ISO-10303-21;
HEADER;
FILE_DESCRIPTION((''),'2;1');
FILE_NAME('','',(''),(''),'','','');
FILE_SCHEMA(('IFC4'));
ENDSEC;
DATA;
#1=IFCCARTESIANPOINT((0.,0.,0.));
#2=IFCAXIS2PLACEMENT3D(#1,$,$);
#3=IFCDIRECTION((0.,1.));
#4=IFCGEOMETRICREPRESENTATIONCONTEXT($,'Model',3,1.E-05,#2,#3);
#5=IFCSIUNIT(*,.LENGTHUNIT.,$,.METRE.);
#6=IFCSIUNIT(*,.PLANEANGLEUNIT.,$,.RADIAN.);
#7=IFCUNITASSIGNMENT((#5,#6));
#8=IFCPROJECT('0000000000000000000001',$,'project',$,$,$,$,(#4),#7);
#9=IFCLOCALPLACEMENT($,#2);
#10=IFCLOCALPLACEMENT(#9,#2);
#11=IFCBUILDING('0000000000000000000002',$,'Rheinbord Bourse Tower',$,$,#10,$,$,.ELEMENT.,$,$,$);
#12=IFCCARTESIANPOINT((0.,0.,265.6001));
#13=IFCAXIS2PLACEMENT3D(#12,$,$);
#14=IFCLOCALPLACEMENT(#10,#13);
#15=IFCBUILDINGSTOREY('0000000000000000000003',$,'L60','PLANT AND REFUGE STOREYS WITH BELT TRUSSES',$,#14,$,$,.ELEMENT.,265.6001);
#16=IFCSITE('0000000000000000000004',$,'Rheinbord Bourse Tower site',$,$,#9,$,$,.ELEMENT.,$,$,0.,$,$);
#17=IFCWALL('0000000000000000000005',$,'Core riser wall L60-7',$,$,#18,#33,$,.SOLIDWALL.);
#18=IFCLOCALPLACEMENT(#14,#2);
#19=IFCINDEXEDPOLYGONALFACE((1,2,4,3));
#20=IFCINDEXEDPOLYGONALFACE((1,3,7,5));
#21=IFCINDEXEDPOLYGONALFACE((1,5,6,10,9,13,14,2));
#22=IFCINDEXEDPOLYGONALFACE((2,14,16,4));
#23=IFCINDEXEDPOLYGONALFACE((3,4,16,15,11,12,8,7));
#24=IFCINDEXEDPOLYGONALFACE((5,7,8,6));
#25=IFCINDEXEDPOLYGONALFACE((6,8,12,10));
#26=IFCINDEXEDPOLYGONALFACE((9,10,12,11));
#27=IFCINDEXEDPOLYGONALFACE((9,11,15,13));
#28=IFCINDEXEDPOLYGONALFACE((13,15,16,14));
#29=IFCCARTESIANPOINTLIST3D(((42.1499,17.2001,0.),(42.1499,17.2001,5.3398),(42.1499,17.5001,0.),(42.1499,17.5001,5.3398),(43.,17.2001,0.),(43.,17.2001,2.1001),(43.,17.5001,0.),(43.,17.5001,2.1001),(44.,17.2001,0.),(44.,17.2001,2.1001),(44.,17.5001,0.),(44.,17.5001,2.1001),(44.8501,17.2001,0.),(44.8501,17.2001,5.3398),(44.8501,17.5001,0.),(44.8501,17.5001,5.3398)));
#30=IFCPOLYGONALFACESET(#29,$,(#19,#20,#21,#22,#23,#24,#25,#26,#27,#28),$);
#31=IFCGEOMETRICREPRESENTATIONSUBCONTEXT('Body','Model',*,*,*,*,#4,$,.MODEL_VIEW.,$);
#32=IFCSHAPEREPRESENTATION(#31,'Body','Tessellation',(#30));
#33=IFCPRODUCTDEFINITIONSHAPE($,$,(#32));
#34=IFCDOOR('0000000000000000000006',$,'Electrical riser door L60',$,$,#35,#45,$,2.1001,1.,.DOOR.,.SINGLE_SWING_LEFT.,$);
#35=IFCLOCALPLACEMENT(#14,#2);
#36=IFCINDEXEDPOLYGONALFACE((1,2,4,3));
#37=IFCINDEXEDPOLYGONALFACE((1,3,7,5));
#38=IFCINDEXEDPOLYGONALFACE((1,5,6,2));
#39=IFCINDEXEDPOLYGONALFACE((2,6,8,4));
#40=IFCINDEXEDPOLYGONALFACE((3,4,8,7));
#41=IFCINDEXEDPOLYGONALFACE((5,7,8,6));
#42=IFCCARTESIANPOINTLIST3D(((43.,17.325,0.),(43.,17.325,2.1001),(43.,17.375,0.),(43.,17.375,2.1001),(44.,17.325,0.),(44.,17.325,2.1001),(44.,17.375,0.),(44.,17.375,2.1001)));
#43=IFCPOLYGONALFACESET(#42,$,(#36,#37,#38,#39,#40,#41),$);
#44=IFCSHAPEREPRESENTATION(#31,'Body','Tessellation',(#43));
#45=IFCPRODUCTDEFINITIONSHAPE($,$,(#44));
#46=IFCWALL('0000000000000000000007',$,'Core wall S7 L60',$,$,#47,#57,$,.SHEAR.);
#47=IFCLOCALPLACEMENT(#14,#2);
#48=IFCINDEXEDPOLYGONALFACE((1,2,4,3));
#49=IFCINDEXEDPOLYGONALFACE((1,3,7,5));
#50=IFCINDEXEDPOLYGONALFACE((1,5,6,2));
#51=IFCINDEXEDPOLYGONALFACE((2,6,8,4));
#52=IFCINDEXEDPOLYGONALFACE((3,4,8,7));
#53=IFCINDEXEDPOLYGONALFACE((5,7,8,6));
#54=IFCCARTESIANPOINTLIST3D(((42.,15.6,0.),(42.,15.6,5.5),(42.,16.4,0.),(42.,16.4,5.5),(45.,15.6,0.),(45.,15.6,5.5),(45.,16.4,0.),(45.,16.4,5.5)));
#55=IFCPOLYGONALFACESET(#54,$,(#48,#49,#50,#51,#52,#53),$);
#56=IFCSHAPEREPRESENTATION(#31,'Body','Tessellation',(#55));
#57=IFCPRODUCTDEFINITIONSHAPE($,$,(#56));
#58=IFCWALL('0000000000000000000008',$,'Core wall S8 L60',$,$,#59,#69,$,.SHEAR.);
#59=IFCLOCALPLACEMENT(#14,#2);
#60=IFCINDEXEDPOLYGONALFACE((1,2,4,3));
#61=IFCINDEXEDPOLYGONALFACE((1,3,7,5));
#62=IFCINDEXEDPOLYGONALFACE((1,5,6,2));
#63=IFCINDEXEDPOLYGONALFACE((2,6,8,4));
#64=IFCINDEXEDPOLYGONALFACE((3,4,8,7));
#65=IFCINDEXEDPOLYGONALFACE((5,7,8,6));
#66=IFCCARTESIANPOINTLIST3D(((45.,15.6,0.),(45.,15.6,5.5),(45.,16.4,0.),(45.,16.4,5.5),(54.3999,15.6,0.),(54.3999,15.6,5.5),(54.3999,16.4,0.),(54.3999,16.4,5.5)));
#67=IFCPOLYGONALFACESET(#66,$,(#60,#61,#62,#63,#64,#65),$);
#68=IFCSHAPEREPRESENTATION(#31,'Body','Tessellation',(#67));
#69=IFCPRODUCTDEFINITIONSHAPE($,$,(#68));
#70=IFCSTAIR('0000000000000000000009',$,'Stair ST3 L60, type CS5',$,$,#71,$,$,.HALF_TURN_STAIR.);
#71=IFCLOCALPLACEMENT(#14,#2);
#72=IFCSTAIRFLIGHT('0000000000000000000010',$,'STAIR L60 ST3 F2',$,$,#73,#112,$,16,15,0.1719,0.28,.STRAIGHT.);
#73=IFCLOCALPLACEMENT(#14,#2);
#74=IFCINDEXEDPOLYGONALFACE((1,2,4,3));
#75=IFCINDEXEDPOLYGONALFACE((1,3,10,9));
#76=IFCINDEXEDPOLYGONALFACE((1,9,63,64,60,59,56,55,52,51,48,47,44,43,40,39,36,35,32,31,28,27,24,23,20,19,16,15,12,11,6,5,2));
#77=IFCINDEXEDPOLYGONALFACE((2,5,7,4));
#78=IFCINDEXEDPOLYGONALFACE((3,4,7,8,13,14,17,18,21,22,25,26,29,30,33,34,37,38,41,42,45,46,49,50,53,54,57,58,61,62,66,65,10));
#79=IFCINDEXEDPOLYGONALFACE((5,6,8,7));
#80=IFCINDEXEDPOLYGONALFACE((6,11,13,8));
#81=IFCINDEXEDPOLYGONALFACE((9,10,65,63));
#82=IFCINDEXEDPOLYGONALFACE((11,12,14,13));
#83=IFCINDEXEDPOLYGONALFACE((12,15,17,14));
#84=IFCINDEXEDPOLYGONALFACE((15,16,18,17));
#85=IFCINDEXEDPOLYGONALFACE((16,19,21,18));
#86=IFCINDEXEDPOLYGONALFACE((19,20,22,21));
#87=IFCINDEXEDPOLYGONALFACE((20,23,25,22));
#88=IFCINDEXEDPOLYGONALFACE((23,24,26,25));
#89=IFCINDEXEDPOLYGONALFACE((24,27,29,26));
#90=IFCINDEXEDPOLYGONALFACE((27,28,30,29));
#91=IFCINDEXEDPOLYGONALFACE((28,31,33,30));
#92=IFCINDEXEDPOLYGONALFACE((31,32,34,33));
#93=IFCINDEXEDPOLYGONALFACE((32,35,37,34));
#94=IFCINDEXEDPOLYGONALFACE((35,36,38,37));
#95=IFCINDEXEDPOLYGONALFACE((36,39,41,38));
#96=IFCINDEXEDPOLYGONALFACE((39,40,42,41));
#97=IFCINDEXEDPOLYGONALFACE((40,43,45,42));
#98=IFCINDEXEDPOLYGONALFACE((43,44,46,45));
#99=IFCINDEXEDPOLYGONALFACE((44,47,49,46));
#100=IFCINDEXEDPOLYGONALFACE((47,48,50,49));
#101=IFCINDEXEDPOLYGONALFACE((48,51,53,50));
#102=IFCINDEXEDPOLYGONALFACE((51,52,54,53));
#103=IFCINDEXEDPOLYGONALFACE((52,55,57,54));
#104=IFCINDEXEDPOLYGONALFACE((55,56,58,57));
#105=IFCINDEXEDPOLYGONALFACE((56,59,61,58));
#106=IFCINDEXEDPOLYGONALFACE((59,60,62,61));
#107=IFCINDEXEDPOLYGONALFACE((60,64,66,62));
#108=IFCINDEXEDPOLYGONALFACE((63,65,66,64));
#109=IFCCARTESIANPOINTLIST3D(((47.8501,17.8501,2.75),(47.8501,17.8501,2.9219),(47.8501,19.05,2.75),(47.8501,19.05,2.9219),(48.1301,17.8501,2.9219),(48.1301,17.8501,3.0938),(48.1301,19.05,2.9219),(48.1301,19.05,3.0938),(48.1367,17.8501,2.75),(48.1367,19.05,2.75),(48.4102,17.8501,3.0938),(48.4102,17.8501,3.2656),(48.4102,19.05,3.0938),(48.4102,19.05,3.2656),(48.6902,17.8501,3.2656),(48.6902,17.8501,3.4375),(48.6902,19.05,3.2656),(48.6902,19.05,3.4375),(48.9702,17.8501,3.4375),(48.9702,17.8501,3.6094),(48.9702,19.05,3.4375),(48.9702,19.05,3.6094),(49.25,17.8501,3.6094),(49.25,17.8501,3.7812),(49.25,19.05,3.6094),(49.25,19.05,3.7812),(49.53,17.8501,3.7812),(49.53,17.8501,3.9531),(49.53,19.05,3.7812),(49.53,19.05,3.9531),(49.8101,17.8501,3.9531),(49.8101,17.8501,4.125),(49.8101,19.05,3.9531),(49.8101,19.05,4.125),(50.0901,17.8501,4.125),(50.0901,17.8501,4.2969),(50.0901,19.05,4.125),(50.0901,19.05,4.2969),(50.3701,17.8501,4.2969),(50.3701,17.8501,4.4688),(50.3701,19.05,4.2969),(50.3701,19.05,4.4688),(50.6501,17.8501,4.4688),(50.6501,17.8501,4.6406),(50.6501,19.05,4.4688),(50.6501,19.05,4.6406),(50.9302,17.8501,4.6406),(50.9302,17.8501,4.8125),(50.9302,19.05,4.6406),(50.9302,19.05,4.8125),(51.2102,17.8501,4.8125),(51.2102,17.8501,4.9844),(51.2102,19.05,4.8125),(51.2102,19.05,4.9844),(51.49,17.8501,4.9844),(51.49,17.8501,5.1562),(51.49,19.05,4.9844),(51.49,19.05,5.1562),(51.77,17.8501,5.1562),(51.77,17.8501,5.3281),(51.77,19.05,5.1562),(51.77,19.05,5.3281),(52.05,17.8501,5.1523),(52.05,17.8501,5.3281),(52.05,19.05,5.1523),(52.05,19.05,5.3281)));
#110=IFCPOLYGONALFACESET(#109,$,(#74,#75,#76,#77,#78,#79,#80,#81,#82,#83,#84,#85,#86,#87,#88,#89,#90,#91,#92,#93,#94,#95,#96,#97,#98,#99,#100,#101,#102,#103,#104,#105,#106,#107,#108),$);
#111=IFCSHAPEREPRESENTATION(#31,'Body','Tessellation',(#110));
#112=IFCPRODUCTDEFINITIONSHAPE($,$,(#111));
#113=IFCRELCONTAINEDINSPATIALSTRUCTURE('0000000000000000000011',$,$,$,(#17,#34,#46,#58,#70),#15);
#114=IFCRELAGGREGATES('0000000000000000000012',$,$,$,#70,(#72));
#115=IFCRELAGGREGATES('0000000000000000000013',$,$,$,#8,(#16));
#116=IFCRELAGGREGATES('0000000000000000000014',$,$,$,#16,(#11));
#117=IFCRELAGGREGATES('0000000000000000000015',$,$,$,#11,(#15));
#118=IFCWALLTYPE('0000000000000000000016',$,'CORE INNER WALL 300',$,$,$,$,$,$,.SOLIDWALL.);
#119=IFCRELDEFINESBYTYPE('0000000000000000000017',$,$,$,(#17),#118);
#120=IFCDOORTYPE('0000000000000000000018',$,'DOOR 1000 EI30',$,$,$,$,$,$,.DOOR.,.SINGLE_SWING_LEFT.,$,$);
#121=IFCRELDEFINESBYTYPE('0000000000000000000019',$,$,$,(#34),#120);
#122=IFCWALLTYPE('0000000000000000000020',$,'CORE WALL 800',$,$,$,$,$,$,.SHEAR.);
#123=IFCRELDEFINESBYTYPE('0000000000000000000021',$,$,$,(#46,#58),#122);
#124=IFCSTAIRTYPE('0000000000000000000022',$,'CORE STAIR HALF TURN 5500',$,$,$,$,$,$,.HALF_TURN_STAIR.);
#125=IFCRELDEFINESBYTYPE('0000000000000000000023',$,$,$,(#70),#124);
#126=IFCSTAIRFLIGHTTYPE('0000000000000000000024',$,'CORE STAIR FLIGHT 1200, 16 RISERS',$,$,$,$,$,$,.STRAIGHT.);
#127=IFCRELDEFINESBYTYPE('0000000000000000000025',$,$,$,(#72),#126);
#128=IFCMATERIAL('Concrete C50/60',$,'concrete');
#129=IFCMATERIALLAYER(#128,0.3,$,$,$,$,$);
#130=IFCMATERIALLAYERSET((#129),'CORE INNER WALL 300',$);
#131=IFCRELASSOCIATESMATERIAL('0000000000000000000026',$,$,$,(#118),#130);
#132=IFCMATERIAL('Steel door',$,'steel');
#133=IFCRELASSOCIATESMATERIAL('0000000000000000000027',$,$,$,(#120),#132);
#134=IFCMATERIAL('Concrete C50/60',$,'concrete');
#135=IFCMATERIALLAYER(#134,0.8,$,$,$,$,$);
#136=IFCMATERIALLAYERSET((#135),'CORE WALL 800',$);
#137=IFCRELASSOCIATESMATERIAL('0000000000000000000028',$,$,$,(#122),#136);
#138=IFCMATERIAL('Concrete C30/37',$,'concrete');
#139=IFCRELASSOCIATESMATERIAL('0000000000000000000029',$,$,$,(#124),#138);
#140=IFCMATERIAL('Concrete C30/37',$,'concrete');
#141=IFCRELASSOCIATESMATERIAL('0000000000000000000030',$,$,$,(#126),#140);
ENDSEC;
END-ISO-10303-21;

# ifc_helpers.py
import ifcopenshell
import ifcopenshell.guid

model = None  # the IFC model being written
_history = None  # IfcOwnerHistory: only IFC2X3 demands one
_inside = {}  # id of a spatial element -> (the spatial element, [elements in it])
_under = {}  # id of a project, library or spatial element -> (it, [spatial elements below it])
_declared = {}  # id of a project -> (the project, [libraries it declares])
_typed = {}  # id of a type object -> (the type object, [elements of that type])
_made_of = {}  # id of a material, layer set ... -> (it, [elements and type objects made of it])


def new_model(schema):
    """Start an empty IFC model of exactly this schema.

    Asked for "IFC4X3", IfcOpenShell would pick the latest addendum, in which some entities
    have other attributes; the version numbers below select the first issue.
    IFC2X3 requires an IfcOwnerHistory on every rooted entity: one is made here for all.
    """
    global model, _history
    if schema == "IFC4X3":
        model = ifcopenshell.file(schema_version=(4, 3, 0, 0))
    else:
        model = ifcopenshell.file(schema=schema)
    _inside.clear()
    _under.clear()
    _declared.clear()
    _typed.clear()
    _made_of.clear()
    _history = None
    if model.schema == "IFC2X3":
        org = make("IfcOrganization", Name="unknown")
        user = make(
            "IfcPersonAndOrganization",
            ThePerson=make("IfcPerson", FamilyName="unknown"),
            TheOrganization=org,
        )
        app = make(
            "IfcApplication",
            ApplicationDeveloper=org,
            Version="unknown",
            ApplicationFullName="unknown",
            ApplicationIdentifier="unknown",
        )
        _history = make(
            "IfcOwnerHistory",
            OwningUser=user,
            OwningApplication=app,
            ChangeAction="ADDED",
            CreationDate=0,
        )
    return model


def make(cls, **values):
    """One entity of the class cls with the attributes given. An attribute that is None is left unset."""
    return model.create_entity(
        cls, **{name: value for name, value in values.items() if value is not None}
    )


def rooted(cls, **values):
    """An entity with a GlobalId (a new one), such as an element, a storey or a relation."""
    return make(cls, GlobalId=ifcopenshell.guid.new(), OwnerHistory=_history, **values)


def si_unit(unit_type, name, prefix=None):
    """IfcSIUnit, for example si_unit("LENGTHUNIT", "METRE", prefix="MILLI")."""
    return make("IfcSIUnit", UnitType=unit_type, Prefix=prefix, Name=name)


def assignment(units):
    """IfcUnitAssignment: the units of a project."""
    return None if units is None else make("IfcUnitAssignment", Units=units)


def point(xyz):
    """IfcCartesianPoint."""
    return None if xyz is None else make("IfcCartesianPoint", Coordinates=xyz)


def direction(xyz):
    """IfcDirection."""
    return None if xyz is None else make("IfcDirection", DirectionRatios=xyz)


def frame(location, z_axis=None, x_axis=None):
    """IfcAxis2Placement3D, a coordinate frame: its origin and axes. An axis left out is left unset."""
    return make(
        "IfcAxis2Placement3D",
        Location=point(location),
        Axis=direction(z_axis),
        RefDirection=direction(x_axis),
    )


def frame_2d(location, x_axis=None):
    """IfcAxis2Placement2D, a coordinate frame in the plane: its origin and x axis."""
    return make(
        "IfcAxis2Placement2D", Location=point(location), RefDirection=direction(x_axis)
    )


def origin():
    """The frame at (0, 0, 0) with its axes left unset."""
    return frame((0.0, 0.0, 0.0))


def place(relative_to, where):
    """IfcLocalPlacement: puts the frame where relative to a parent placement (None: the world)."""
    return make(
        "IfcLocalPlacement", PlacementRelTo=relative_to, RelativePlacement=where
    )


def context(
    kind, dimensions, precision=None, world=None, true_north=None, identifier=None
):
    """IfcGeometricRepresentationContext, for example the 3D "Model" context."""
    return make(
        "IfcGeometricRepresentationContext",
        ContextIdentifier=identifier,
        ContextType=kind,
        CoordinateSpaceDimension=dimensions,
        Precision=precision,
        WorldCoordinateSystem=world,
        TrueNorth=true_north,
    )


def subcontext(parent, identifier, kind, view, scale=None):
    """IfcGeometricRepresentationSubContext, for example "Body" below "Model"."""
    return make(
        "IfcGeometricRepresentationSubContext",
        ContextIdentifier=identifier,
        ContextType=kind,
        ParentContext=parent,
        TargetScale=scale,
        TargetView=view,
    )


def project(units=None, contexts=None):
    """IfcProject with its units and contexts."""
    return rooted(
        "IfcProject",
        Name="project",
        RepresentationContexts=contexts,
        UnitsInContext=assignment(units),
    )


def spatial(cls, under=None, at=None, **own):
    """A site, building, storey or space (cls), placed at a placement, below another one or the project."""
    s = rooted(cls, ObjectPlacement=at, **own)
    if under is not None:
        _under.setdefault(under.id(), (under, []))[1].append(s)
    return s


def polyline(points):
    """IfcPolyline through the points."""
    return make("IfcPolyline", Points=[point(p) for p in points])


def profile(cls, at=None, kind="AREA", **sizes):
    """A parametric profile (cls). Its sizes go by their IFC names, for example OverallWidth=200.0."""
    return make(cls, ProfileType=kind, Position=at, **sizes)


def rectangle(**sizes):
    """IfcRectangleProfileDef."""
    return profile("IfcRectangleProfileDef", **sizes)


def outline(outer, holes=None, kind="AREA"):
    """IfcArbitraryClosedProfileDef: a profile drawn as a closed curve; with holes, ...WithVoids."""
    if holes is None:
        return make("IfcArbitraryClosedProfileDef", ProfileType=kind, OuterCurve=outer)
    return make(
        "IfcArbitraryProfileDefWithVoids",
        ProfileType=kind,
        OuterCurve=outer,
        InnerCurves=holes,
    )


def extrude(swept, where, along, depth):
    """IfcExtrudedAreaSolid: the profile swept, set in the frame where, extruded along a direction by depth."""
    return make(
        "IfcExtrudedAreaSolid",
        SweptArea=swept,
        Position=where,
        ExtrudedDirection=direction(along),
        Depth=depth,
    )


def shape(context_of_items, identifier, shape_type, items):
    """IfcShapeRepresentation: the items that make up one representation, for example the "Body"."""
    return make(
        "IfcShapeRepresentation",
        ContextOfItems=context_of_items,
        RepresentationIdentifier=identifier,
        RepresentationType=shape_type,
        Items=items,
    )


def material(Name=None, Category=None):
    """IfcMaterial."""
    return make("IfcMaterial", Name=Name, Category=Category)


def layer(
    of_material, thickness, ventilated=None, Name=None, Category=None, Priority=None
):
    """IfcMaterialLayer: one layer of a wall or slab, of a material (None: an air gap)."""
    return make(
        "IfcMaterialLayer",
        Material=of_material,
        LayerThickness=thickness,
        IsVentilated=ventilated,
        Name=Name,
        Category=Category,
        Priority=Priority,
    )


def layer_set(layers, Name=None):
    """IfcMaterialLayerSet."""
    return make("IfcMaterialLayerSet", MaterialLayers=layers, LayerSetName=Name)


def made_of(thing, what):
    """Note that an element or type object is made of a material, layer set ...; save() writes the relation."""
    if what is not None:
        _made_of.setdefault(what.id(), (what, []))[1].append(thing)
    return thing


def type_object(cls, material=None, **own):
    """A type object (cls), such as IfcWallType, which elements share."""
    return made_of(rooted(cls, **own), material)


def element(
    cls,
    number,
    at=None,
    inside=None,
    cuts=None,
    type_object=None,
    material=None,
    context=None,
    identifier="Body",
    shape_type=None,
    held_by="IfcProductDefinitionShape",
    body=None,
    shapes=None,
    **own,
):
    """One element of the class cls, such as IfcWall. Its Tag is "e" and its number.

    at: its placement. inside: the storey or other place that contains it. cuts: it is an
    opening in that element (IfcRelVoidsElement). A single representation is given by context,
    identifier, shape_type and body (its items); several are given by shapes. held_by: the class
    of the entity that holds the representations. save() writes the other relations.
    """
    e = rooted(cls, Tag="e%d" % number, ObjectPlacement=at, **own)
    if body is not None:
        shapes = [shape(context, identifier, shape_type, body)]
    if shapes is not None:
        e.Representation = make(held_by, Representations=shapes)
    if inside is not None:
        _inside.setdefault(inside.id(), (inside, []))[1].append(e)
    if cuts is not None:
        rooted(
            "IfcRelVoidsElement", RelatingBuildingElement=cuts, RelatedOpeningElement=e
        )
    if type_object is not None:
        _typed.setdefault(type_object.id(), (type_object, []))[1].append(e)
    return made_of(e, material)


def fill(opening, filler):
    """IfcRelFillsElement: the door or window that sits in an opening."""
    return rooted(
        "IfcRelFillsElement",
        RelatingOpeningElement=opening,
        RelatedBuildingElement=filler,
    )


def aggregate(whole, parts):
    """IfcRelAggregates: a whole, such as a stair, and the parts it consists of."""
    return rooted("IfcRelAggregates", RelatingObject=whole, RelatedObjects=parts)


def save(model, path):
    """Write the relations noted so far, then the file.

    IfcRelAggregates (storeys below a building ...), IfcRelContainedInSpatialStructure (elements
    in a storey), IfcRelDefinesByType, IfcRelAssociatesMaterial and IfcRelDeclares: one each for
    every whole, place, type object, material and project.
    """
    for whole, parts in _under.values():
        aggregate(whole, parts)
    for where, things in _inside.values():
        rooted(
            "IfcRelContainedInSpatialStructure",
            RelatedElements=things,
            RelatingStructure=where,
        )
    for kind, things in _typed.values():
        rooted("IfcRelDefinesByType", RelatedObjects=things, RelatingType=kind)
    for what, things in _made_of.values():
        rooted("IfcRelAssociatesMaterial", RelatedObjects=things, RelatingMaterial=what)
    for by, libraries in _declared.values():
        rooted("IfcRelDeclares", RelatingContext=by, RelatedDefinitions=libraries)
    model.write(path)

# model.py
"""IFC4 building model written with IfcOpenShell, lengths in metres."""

from ifc_helpers import new_model, si_unit, direction, frame, frame_2d, origin, place, context, subcontext, project, spatial, polyline, rectangle, outline, extrude, material, layer, layer_set, type_object, element, fill, aggregate, save


model = new_model("IFC4")

# Units and contexts
model_context = context("Model", 3, precision=1e-05, world=origin(), true_north=direction((0.0, 1.0)))
body_context = subcontext(model_context, "Body", "Model", "MODEL_VIEW")
ifc_project = project(units=[si_unit("LENGTHUNIT", "METRE"), si_unit("PLANEANGLEUNIT", "RADIAN")], contexts=[model_context])

# Site, building, storey
site_placement = place(None, origin())
site = spatial("IfcSite", under=ifc_project, at=site_placement, Name="Rheinbord Bourse Tower site", CompositionType="ELEMENT", RefElevation=0.0)
building_placement = place(site_placement, origin())
building = spatial("IfcBuilding", under=site, at=building_placement, Name="Rheinbord Bourse Tower", CompositionType="ELEMENT")
storey_placement = place(building_placement, frame((0.0, 0.0, 265.6001)))
storey = spatial("IfcBuildingStorey", under=building, at=storey_placement, Name="L60", Description="PLANT AND REFUGE STOREYS WITH BELT TRUSSES", CompositionType="ELEMENT", Elevation=265.6001)

# Shared definitions
ifc_material_1 = material(Name="Concrete C50/60", Category="concrete")
ifc_layer_1 = layer(ifc_material_1, 0.3)
ifc_layer_set_1 = layer_set([ifc_layer_1], Name="CORE INNER WALL 300")
wall_type_1 = type_object("IfcWallType", Name="CORE INNER WALL 300", PredefinedType="SOLIDWALL", material=ifc_layer_set_1)
ifc_material_2 = material(Name="Steel door", Category="steel")
door_type_1 = type_object("IfcDoorType", Name="DOOR 1000 EI30", OperationType="SINGLE_SWING_LEFT", PredefinedType="DOOR", material=ifc_material_2)

# Wall, opening, door
wall_1_placement = place(storey_placement, frame((42.1499, 17.3501, 0.0), z_axis=(0.0, 0.0, 1.0), x_axis=(1.0, 0.0, 0.0)))
wall_1 = element("IfcWall", 1, at=wall_1_placement, inside=storey, type_object=wall_type_1, Name="Core riser wall L60-7", PredefinedType="SOLIDWALL", context=body_context, shape_type="SweptSolid", body=[
    extrude(rectangle(XDim=2.7002, YDim=0.3, at=frame_2d((1.3501, 0.0))), origin(), (0.0, 0.0, 1.0), 5.3398),
])
opening_1_placement = place(wall_1_placement, frame((0.8501, 0.0, 0.0)))
opening_1 = element("IfcOpeningElement", 2, at=opening_1_placement, cuts=wall_1, PredefinedType="OPENING", context=body_context, shape_type="SweptSolid", body=[
    extrude(rectangle(XDim=1.0, YDim=2.1001, at=frame_2d((0.5, 1.05))), frame((0.0, 0.1599, 0.0), z_axis=(0.0, -1.0, 0.0), x_axis=(1.0, 0.0, 0.0)), (0.0, 0.0, 1.0), 0.3201),
])
door_1_placement = place(opening_1_placement, origin())
door_1 = element("IfcDoor", 3, at=door_1_placement, inside=storey, type_object=door_type_1, Name="Electrical riser door L60", OperationType="SINGLE_SWING_LEFT", OverallHeight=2.1001, OverallWidth=1.0, PredefinedType="DOOR", context=body_context, shape_type="SweptSolid", body=[
    extrude(rectangle(XDim=1.0, YDim=2.1001, at=frame_2d((0.5, 1.05))), frame((0.0, 0.0249, 0.0), z_axis=(0.0, -1.0, 0.0), x_axis=(1.0, 0.0, 0.0)), (0.0, 0.0, 1.0), 0.05),
])
fill(opening_1, door_1)

# Walls
ifc_material_3 = material(Name="Concrete C50/60", Category="concrete")
ifc_layer_2 = layer(ifc_material_3, 0.8)
ifc_layer_set_2 = layer_set([ifc_layer_2], Name="CORE WALL 800")
wall_type_2 = type_object("IfcWallType", Name="CORE WALL 800", PredefinedType="SHEAR", material=ifc_layer_set_2)
wall_2_placement = place(storey_placement, frame((42.0, 16.0, 0.0), z_axis=(0.0, 0.0, 1.0), x_axis=(1.0, 0.0, 0.0)))
element("IfcWall", 4, at=wall_2_placement, inside=storey, type_object=wall_type_2, Name="Core wall S7 L60", PredefinedType="SHEAR", context=body_context, shape_type="SweptSolid", body=[
    extrude(rectangle(XDim=3.0, YDim=0.8, at=frame_2d((1.5, 0.0))), origin(), (0.0, 0.0, 1.0), 5.5),
])
wall_3_placement = place(storey_placement, frame((45.0, 16.0, 0.0), z_axis=(0.0, 0.0, 1.0), x_axis=(1.0, 0.0, 0.0)))
element("IfcWall", 5, at=wall_3_placement, inside=storey, type_object=wall_type_2, Name="Core wall S8 L60", PredefinedType="SHEAR", context=body_context, shape_type="SweptSolid", body=[
    extrude(rectangle(XDim=9.3999, YDim=0.8, at=frame_2d((4.7, 0.0))), origin(), (0.0, 0.0, 1.0), 5.5),
])

# Stair, stair flight
ifc_material_4 = material(Name="Concrete C30/37", Category="concrete")
stair_type = type_object("IfcStairType", Name="CORE STAIR HALF TURN 5500", PredefinedType="HALF_TURN_STAIR", material=ifc_material_4)
stair_placement = place(storey_placement, origin())
stair = element("IfcStair", 6, at=stair_placement, inside=storey, type_object=stair_type, Name="Stair ST3 L60, type CS5", PredefinedType="HALF_TURN_STAIR")
ifc_material_5 = material(Name="Concrete C30/37", Category="concrete")
stair_flight_type = type_object("IfcStairFlightType", Name="CORE STAIR FLIGHT 1200, 16 RISERS", PredefinedType="STRAIGHT", material=ifc_material_5)
stair_flight_placement = place(storey_placement, frame((47.8501, 18.45, 2.75), z_axis=(0.0, 0.0, 1.0), x_axis=(1.0, 0.0, 0.0)))
stair_flight = element("IfcStairFlight", 7, at=stair_flight_placement, type_object=stair_flight_type, Name="STAIR L60 ST3 F2", NumberOfRisers=16, NumberOfTreads=15, PredefinedType="STRAIGHT", RiserHeight=0.1719, TreadLength=0.28, context=body_context, shape_type="SweptSolid", body=[
    extrude(outline(polyline([(0.0, 0.0), (0.0, 0.1719), (0.28, 0.1719), (0.28, 0.3438), (0.5601, 0.3438), (0.5601, 0.5156), (0.8401, 0.5156), (0.8401, 0.6875), (1.1201, 0.6875), (1.1201, 0.8594), (1.3999, 0.8594), (1.3999, 1.0312), (1.6799, 1.0312), (1.6799, 1.2031), (1.96, 1.2031), (1.96, 1.375), (2.24, 1.375), (2.24, 1.5469), (2.52, 1.5469), (2.52, 1.7188), (2.8, 1.7188), (2.8, 1.8906), (3.0801, 1.8906), (3.0801, 2.0625), (3.3601, 2.0625), (3.3601, 2.2344), (3.6399, 2.2344), (3.6399, 2.4062), (3.9199, 2.4062), (3.9199, 2.5781), (4.2, 2.5781), (4.2, 2.75), (4.2, 2.4023), (0.2866, 0.0), (0.0, 0.0)])), frame((0.0, 0.6001, 0.0), z_axis=(0.0, -1.0, 0.0), x_axis=(1.0, 0.0, 0.0)), (0.0, 0.0, 1.0), 1.2),
])
aggregate(stair, [stair_flight])

save(model, "model.ifc")
